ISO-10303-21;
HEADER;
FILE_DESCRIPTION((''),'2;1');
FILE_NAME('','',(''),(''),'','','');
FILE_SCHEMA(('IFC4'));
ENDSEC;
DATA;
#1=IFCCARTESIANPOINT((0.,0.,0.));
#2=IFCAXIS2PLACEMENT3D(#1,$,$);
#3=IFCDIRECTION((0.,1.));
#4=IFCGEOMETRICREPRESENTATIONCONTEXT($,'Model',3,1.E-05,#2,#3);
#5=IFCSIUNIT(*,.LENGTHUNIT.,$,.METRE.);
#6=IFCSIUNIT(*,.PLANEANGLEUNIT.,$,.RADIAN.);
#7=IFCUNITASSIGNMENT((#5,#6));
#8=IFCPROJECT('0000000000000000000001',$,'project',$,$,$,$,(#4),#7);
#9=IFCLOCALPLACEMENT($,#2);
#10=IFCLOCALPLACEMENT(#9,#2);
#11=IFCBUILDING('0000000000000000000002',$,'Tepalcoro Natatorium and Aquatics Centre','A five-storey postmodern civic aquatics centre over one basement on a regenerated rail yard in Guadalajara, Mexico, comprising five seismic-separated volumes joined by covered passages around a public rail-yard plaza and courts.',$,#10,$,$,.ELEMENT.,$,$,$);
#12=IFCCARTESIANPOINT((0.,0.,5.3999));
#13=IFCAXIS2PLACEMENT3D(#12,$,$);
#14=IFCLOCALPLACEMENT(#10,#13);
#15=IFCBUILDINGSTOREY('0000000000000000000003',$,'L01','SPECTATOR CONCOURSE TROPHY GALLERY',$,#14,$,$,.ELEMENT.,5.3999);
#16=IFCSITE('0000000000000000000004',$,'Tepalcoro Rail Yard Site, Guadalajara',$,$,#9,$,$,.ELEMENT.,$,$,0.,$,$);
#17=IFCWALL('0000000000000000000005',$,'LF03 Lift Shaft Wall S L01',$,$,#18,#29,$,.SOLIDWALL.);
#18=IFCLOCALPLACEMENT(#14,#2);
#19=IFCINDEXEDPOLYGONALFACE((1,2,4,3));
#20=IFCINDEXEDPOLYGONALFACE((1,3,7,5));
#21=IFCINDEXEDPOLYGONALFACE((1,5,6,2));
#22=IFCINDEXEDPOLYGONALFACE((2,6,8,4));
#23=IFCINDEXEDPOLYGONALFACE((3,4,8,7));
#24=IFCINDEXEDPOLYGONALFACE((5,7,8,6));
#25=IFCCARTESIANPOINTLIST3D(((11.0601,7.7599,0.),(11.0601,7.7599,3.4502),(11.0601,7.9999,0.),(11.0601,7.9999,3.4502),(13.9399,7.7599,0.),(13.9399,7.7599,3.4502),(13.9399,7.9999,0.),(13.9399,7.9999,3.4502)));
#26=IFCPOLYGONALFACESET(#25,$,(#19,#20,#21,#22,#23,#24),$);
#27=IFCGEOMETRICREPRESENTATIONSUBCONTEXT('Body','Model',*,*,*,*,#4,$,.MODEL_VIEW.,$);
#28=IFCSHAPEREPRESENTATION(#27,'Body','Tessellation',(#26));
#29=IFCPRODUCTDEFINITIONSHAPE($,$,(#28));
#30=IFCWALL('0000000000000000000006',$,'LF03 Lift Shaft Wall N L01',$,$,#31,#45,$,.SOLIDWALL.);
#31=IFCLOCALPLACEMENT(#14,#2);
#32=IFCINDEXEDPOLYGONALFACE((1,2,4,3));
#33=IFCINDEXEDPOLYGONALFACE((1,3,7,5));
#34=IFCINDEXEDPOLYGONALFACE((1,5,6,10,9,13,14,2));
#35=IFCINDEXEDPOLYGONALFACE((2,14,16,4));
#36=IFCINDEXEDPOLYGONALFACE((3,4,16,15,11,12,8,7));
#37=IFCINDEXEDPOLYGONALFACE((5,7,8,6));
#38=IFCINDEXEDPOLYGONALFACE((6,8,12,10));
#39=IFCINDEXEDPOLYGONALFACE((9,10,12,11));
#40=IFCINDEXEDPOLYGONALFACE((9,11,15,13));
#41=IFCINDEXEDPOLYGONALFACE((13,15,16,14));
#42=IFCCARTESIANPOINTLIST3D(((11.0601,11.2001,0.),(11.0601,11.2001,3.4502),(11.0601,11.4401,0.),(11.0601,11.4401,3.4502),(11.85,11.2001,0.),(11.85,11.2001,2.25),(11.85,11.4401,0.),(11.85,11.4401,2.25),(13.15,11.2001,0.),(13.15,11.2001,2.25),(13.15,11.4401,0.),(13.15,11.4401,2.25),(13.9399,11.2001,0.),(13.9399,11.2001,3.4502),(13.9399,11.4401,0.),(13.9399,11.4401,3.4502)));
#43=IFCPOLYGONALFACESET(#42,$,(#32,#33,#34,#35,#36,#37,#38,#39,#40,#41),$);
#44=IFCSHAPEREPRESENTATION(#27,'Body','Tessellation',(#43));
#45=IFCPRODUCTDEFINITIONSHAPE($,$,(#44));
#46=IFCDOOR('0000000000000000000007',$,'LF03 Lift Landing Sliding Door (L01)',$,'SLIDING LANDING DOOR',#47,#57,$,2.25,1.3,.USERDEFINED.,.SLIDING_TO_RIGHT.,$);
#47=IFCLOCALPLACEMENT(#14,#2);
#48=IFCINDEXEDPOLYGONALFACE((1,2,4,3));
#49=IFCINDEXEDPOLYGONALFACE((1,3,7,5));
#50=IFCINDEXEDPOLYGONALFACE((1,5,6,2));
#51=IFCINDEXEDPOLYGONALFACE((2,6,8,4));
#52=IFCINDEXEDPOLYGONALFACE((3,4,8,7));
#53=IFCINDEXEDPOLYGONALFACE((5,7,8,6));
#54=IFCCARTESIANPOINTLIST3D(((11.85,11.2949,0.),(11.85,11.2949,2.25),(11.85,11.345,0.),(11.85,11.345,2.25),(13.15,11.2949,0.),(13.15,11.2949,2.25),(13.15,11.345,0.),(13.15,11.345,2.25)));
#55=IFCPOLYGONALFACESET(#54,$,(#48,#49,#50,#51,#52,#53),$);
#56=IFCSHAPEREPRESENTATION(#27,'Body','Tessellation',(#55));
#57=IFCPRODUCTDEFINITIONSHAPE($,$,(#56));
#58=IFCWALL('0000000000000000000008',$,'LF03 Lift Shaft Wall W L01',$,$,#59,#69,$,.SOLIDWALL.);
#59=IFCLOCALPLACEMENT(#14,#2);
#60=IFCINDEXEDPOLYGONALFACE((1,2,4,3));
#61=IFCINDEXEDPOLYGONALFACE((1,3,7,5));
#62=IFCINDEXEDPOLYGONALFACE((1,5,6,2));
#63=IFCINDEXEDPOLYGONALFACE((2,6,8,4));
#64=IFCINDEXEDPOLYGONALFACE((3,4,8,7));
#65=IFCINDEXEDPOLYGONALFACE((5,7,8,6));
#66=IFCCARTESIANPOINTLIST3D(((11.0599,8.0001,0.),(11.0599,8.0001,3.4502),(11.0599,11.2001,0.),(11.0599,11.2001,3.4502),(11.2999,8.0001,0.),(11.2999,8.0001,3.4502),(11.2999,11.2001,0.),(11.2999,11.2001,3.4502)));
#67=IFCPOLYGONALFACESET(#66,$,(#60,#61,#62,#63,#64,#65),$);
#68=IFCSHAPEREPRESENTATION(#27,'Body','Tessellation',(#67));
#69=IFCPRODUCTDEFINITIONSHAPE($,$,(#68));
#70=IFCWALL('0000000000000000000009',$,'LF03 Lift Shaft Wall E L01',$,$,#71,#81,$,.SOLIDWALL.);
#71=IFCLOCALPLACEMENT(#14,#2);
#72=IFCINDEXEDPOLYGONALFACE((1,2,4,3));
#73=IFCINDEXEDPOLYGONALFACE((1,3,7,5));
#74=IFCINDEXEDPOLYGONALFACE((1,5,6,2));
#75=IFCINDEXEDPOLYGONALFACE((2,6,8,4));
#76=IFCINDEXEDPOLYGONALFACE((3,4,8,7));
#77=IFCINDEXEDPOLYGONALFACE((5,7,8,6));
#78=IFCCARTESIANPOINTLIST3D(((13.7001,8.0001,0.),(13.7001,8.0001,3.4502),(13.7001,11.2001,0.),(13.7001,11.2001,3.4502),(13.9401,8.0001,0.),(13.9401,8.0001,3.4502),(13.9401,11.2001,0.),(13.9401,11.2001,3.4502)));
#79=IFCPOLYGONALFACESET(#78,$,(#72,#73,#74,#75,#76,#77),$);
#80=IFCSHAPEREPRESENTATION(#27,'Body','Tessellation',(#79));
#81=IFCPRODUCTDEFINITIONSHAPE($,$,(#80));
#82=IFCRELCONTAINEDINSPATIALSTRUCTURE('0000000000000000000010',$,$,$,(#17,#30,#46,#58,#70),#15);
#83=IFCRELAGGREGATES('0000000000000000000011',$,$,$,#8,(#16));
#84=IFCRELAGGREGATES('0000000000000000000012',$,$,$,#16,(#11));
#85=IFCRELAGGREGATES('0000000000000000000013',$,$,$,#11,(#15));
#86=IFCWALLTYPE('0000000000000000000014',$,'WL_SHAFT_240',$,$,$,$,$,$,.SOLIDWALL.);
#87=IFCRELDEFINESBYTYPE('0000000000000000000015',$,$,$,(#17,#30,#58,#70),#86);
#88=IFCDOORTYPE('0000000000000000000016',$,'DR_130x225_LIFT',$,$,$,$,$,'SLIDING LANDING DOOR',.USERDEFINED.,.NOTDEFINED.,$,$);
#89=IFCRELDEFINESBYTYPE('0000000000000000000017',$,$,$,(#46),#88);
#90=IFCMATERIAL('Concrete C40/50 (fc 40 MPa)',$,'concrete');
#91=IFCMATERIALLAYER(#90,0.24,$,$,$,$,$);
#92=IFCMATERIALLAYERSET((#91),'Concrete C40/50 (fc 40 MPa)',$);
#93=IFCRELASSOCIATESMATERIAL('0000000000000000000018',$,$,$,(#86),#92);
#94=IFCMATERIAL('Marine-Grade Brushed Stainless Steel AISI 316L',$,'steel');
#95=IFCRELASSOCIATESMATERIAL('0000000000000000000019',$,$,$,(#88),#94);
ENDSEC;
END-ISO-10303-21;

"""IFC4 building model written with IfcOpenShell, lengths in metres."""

from ifc_helpers import new_model, si_unit, direction, frame, frame_2d, origin, place, context, subcontext, project, spatial, rectangle, extrude, material, layer, layer_set, type_object, element, fill, save


model = new_model("IFC4")

# Units and contexts
model_context = context("Model", 3, precision=1e-05, world=origin(), true_north=direction((0.0, 1.0)))
body_context = subcontext(model_context, "Body", "Model", "MODEL_VIEW")
ifc_project = project(units=[si_unit("LENGTHUNIT", "METRE"), si_unit("PLANEANGLEUNIT", "RADIAN")], contexts=[model_context])

# Site, building, storey
site_placement = place(None, origin())
site = spatial("IfcSite", under=ifc_project, at=site_placement, Name="Tepalcoro Rail Yard Site, Guadalajara", CompositionType="ELEMENT", RefElevation=0.0)
building_placement = place(site_placement, origin())
building = spatial("IfcBuilding", under=site, at=building_placement, Name="Tepalcoro Natatorium and Aquatics Centre", Description="A five-storey postmodern civic aquatics centre over one basement on a regenerated rail yard in Guadalajara, Mexico, comprising five seismic-separated volumes joined by covered passages around a public rail-yard plaza and courts.", CompositionType="ELEMENT")
storey_placement = place(building_placement, frame((0.0, 0.0, 5.3999)))
storey = spatial("IfcBuildingStorey", under=building, at=storey_placement, Name="L01", Description="SPECTATOR CONCOURSE TROPHY GALLERY", CompositionType="ELEMENT", Elevation=5.3999)

# Shared definitions
ifc_material_1 = material(Name="Concrete C40/50 (fc 40 MPa)", Category="concrete")

# Wall
ifc_layer_1 = layer(ifc_material_1, 0.24)
ifc_layer_set_1 = layer_set([ifc_layer_1], Name="Concrete C40/50 (fc 40 MPa)")
wall_type_1 = type_object("IfcWallType", Name="WL_SHAFT_240", PredefinedType="SOLIDWALL", material=ifc_layer_set_1)
wall_1_placement = place(storey_placement, frame((11.0601, 7.8799, 0.0), z_axis=(0.0, 0.0, 1.0), x_axis=(1.0, 0.0, 0.0)))
element("IfcWall", 1, at=wall_1_placement, inside=storey, type_object=wall_type_1, Name="LF03 Lift Shaft Wall S L01", PredefinedType="SOLIDWALL", context=body_context, shape_type="SweptSolid", body=[
    extrude(rectangle(XDim=2.8799, YDim=0.24, at=frame_2d((1.4399, 0.0))), origin(), (0.0, 0.0, 1.0), 3.4502),
])

# Wall, opening, door
wall_2_placement = place(storey_placement, frame((11.0601, 11.3201, 0.0), z_axis=(0.0, 0.0, 1.0), x_axis=(1.0, 0.0, 0.0)))
wall_2 = element("IfcWall", 2, at=wall_2_placement, inside=storey, type_object=wall_type_1, Name="LF03 Lift Shaft Wall N L01", PredefinedType="SOLIDWALL", context=body_context, shape_type="SweptSolid", body=[
    extrude(rectangle(XDim=2.8799, YDim=0.24, at=frame_2d((1.4399, 0.0))), origin(), (0.0, 0.0, 1.0), 3.4502),
])
opening_placement = place(wall_2_placement, frame((0.79, 0.0, 0.0)))
opening = element("IfcOpeningElement", 3, at=opening_placement, cuts=wall_2, PredefinedType="OPENING", context=body_context, shape_type="SweptSolid", body=[
    extrude(rectangle(XDim=1.3, YDim=2.25, at=frame_2d((0.6499, 1.125))), frame((0.0, 0.1318, 0.0), z_axis=(0.0, -1.0, 0.0), x_axis=(1.0, 0.0, 0.0)), (0.0, 0.0, 1.0), 0.2639),
])
ifc_material_2 = material(Name="Marine-Grade Brushed Stainless Steel AISI 316L", Category="steel")
door_type = type_object("IfcDoorType", Name="DR_130x225_LIFT", ElementType="SLIDING LANDING DOOR", OperationType="NOTDEFINED", PredefinedType="USERDEFINED", material=ifc_material_2)
door_placement = place(opening_placement, origin())
door = element("IfcDoor", 4, at=door_placement, inside=storey, type_object=door_type, Name="LF03 Lift Landing Sliding Door (L01)", ObjectType="SLIDING LANDING DOOR", OperationType="SLIDING_TO_RIGHT", OverallHeight=2.25, OverallWidth=1.3, PredefinedType="USERDEFINED", context=body_context, shape_type="SweptSolid", body=[
    extrude(rectangle(XDim=1.3, YDim=2.25, at=frame_2d((0.6499, 1.125))), frame((0.0, 0.0249, 0.0), z_axis=(0.0, -1.0, 0.0), x_axis=(1.0, 0.0, 0.0)), (0.0, 0.0, 1.0), 0.05),
])
fill(opening, door)

# Walls
for number, where, z_axis, x_axis, name in (
    (5, (11.1799, 8.0, 0.0), (0.0, 0.0, 1.0), (0.0, 1.0, 0.0), "LF03 Lift Shaft Wall W L01"),
    (6, (13.8201, 8.0, 0.0), (0.0, 0.0, 1.0), (0.0, 1.0, 0.0), "LF03 Lift Shaft Wall E L01"),
):
    element("IfcWall", number, at=place(storey_placement, frame(where, z_axis=z_axis, x_axis=x_axis)), inside=storey, type_object=wall_type_1, Name=name, PredefinedType="SOLIDWALL", context=body_context, shape_type="SweptSolid", body=[
        extrude(rectangle(XDim=3.2, YDim=0.24, at=frame_2d((1.6001, 0.0))), origin(), (0.0, 0.0, 1.0), 3.4502),
    ])

save(model, "model.ifc")
